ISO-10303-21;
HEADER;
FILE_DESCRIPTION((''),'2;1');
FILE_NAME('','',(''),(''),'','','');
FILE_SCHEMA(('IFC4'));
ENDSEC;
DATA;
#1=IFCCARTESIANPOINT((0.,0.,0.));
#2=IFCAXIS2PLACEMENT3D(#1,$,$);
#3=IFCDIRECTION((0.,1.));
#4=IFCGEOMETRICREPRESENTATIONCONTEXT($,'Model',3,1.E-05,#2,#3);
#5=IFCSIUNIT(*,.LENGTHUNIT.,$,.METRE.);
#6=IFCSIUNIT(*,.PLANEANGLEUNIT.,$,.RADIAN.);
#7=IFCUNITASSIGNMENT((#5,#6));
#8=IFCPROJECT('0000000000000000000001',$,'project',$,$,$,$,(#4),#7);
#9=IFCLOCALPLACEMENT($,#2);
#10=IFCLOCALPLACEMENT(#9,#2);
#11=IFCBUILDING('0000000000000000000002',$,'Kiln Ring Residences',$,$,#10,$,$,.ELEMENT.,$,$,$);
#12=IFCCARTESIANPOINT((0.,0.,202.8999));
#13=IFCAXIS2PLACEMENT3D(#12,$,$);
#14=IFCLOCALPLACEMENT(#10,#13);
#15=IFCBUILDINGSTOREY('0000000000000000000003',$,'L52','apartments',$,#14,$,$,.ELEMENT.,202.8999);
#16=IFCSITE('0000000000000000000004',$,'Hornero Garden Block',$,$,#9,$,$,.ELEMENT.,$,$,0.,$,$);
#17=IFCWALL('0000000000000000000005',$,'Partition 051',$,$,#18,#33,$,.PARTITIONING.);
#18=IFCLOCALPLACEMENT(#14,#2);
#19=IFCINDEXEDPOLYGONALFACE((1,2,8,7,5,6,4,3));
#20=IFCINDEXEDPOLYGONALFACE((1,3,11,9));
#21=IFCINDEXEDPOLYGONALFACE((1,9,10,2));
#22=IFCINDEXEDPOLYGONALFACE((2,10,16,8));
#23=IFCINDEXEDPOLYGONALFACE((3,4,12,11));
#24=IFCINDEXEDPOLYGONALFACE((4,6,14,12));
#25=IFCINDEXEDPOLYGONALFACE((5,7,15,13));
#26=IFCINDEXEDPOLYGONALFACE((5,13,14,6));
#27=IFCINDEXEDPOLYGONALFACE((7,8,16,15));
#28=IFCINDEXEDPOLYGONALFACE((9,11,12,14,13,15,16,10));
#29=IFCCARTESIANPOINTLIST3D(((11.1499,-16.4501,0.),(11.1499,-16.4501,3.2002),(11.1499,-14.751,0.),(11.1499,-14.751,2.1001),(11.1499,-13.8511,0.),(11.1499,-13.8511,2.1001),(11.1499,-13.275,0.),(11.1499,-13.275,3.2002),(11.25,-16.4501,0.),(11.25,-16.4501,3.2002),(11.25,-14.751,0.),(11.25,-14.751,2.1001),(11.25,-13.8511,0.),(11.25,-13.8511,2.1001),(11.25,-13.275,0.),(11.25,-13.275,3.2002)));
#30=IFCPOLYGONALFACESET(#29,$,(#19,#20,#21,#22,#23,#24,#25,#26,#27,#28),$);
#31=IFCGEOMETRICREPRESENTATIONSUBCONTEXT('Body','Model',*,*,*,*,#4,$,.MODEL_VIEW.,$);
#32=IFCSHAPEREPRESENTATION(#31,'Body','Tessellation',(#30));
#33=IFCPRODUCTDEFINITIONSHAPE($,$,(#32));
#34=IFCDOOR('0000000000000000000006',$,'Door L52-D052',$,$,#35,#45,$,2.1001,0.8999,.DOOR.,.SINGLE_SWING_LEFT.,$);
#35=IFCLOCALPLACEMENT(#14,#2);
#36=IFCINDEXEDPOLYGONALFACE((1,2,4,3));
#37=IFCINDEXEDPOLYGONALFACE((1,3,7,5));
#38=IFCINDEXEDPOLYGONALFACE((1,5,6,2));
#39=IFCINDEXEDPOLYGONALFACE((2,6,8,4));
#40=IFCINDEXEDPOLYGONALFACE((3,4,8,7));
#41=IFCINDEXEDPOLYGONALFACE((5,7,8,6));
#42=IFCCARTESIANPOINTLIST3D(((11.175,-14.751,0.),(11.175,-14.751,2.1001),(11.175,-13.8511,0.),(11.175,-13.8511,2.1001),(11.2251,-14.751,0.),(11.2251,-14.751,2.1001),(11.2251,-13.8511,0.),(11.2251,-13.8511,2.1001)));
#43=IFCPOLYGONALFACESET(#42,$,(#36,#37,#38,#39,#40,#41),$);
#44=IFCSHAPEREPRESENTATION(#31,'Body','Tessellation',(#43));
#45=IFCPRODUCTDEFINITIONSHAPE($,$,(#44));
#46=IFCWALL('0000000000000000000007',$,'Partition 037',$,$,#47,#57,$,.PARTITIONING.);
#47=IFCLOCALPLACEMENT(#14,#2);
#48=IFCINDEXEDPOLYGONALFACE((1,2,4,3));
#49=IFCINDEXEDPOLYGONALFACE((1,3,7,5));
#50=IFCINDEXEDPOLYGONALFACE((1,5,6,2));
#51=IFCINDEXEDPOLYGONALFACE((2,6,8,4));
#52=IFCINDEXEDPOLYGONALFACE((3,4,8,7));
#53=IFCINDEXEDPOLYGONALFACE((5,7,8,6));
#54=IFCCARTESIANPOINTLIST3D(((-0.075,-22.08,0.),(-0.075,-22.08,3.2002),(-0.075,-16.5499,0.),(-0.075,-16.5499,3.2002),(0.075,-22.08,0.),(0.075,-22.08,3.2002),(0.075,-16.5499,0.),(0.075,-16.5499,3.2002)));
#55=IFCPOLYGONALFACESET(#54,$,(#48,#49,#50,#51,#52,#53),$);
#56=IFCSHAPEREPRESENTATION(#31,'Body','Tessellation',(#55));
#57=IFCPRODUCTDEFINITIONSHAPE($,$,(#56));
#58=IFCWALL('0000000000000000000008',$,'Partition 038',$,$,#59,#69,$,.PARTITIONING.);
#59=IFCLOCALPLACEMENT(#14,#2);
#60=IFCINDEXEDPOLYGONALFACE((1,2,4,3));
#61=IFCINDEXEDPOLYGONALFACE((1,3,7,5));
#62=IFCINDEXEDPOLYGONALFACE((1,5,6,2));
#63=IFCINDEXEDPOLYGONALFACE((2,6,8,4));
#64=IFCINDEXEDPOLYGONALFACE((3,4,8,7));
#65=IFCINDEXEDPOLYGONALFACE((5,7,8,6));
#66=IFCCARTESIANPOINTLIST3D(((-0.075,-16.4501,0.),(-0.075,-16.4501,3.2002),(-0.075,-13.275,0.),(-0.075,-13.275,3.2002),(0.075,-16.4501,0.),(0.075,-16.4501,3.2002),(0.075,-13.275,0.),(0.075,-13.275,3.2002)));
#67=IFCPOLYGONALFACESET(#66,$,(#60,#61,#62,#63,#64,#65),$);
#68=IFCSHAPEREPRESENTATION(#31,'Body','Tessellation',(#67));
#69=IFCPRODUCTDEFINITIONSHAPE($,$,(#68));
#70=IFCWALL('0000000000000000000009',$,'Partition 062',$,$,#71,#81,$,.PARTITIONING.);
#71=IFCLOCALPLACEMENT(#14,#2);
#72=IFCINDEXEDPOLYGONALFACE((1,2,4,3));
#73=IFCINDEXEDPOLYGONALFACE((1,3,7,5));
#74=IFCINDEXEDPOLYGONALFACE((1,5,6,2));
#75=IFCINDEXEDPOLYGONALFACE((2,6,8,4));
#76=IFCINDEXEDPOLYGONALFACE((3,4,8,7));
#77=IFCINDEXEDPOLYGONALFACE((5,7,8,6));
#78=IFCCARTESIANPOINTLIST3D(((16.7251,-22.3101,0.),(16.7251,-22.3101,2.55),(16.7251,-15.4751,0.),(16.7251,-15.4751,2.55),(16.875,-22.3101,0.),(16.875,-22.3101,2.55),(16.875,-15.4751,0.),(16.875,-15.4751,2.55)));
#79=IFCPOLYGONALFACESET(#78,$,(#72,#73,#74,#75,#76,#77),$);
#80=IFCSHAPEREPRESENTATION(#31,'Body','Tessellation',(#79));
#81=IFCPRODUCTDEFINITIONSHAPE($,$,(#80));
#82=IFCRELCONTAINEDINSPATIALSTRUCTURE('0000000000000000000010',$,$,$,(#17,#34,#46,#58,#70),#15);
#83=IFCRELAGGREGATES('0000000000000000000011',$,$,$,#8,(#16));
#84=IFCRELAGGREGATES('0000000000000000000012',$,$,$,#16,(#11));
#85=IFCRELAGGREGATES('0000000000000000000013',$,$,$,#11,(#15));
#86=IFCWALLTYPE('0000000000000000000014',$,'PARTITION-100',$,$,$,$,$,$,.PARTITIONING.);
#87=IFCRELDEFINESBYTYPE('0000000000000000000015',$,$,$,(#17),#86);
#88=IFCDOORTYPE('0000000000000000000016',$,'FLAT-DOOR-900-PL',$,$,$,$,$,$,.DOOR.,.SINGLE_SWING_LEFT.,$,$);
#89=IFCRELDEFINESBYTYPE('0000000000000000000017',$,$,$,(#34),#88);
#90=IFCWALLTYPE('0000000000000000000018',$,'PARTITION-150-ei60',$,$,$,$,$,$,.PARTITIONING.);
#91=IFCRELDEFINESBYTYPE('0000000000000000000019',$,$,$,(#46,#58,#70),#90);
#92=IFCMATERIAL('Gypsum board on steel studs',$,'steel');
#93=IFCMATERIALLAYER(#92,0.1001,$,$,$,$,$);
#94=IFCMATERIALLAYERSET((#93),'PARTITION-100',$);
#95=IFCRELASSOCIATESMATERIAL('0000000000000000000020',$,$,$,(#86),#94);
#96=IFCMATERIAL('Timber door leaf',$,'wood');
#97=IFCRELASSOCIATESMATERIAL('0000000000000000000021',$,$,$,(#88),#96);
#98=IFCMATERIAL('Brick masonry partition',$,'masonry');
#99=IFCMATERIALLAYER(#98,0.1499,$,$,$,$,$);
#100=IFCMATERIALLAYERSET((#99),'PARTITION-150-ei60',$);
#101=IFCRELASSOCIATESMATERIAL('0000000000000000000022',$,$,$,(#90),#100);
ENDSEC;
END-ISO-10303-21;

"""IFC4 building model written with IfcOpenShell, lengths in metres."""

from ifc_helpers import new_model, si_unit, direction, frame, frame_2d, origin, place, context, subcontext, project, spatial, rectangle, extrude, material, layer, layer_set, type_object, element, fill, save


model = new_model("IFC4")

# Units and contexts
model_context = context("Model", 3, precision=1e-05, world=origin(), true_north=direction((0.0, 1.0)))
body_context = subcontext(model_context, "Body", "Model", "MODEL_VIEW")
ifc_project = project(units=[si_unit("LENGTHUNIT", "METRE"), si_unit("PLANEANGLEUNIT", "RADIAN")], contexts=[model_context])

# Site, building, storey
site_placement = place(None, origin())
site = spatial("IfcSite", under=ifc_project, at=site_placement, Name="Hornero Garden Block", CompositionType="ELEMENT", RefElevation=0.0)
building_placement = place(site_placement, origin())
building = spatial("IfcBuilding", under=site, at=building_placement, Name="Kiln Ring Residences", CompositionType="ELEMENT")
storey_placement = place(building_placement, frame((0.0, 0.0, 202.8999)))
storey = spatial("IfcBuildingStorey", under=building, at=storey_placement, Name="L52", Description="apartments", CompositionType="ELEMENT", Elevation=202.8999)

# Shared definitions
ifc_material_1 = material(Name="Gypsum board on steel studs", Category="steel")
ifc_layer_1 = layer(ifc_material_1, 0.1001)
ifc_layer_set_1 = layer_set([ifc_layer_1], Name="PARTITION-100")
wall_type_1 = type_object("IfcWallType", Name="PARTITION-100", PredefinedType="PARTITIONING", material=ifc_layer_set_1)
ifc_material_2 = material(Name="Timber door leaf", Category="wood")
door_type_1 = type_object("IfcDoorType", Name="FLAT-DOOR-900-PL", OperationType="SINGLE_SWING_LEFT", PredefinedType="DOOR", material=ifc_material_2)

# Wall, opening, door
wall_1_placement = place(storey_placement, frame((11.2, -16.45, 0.0), z_axis=(0.0, 0.0, 1.0), x_axis=(0.0, 1.0, 0.0)))
wall_1 = element("IfcWall", 1, at=wall_1_placement, inside=storey, type_object=wall_type_1, Name="Partition 051", PredefinedType="PARTITIONING", context=body_context, shape_type="SweptSolid", body=[
    extrude(rectangle(XDim=3.175, YDim=0.1001, at=frame_2d((1.5874, 0.0))), origin(), (0.0, 0.0, 1.0), 3.2002),
])
opening_1_placement = place(wall_1_placement, frame((1.699, 0.0, 0.0)))
opening_1 = element("IfcOpeningElement", 2, at=opening_1_placement, cuts=wall_1, PredefinedType="OPENING", context=body_context, shape_type="SweptSolid", body=[
    extrude(rectangle(XDim=0.8999, YDim=2.1001, at=frame_2d((0.45, 1.05))), frame((0.0, 0.0601, 0.0), z_axis=(0.0, -1.0, 0.0), x_axis=(1.0, 0.0, 0.0)), (0.0, 0.0, 1.0), 0.1201),
])
door_1_placement = place(opening_1_placement, origin())
door_1 = element("IfcDoor", 3, at=door_1_placement, inside=storey, type_object=door_type_1, Name="Door L52-D052", OperationType="SINGLE_SWING_LEFT", OverallHeight=2.1001, OverallWidth=0.8999, PredefinedType="DOOR", context=body_context, shape_type="SweptSolid", body=[
    extrude(rectangle(XDim=0.8999, YDim=2.1001, at=frame_2d((0.45, 1.05))), frame((0.0, 0.0249, 0.0), z_axis=(0.0, -1.0, 0.0), x_axis=(1.0, 0.0, 0.0)), (0.0, 0.0, 1.0), 0.05),
])
fill(opening_1, door_1)

# Walls
ifc_material_3 = material(Name="Brick masonry partition", Category="masonry")
ifc_layer_2 = layer(ifc_material_3, 0.1499)
ifc_layer_set_2 = layer_set([ifc_layer_2], Name="PARTITION-150-ei60")
wall_type_2 = type_object("IfcWallType", Name="PARTITION-150-ei60", PredefinedType="PARTITIONING", material=ifc_layer_set_2)
wall_2_placement = place(storey_placement, frame((0.0, -22.0801, 0.0), z_axis=(0.0, 0.0, 1.0), x_axis=(0.0, 1.0, 0.0)))
element("IfcWall", 4, at=wall_2_placement, inside=storey, type_object=wall_type_2, Name="Partition 037", PredefinedType="PARTITIONING", context=body_context, shape_type="SweptSolid", body=[
    extrude(rectangle(XDim=5.53, YDim=0.1499, at=frame_2d((2.7651, 0.0))), origin(), (0.0, 0.0, 1.0), 3.2002),
])
wall_3_placement = place(storey_placement, frame((0.0, -16.45, 0.0), z_axis=(0.0, 0.0, 1.0), x_axis=(0.0, 1.0, 0.0)))
element("IfcWall", 5, at=wall_3_placement, inside=storey, type_object=wall_type_2, Name="Partition 038", PredefinedType="PARTITIONING", context=body_context, shape_type="SweptSolid", body=[
    extrude(rectangle(XDim=3.175, YDim=0.1499, at=frame_2d((1.5874, 0.0))), origin(), (0.0, 0.0, 1.0), 3.2002),
])
wall_4_placement = place(storey_placement, frame((16.8, -22.3101, 0.0), z_axis=(0.0, 0.0, 1.0), x_axis=(0.0, 1.0, 0.0)))
element("IfcWall", 6, at=wall_4_placement, inside=storey, type_object=wall_type_2, Name="Partition 062", PredefinedType="PARTITIONING", context=body_context, shape_type="SweptSolid", body=[
    extrude(rectangle(XDim=6.835, YDim=0.1499, at=frame_2d((3.4175, 0.0))), origin(), (0.0, 0.0, 1.0), 2.55),
])

save(model, "model.ifc")
